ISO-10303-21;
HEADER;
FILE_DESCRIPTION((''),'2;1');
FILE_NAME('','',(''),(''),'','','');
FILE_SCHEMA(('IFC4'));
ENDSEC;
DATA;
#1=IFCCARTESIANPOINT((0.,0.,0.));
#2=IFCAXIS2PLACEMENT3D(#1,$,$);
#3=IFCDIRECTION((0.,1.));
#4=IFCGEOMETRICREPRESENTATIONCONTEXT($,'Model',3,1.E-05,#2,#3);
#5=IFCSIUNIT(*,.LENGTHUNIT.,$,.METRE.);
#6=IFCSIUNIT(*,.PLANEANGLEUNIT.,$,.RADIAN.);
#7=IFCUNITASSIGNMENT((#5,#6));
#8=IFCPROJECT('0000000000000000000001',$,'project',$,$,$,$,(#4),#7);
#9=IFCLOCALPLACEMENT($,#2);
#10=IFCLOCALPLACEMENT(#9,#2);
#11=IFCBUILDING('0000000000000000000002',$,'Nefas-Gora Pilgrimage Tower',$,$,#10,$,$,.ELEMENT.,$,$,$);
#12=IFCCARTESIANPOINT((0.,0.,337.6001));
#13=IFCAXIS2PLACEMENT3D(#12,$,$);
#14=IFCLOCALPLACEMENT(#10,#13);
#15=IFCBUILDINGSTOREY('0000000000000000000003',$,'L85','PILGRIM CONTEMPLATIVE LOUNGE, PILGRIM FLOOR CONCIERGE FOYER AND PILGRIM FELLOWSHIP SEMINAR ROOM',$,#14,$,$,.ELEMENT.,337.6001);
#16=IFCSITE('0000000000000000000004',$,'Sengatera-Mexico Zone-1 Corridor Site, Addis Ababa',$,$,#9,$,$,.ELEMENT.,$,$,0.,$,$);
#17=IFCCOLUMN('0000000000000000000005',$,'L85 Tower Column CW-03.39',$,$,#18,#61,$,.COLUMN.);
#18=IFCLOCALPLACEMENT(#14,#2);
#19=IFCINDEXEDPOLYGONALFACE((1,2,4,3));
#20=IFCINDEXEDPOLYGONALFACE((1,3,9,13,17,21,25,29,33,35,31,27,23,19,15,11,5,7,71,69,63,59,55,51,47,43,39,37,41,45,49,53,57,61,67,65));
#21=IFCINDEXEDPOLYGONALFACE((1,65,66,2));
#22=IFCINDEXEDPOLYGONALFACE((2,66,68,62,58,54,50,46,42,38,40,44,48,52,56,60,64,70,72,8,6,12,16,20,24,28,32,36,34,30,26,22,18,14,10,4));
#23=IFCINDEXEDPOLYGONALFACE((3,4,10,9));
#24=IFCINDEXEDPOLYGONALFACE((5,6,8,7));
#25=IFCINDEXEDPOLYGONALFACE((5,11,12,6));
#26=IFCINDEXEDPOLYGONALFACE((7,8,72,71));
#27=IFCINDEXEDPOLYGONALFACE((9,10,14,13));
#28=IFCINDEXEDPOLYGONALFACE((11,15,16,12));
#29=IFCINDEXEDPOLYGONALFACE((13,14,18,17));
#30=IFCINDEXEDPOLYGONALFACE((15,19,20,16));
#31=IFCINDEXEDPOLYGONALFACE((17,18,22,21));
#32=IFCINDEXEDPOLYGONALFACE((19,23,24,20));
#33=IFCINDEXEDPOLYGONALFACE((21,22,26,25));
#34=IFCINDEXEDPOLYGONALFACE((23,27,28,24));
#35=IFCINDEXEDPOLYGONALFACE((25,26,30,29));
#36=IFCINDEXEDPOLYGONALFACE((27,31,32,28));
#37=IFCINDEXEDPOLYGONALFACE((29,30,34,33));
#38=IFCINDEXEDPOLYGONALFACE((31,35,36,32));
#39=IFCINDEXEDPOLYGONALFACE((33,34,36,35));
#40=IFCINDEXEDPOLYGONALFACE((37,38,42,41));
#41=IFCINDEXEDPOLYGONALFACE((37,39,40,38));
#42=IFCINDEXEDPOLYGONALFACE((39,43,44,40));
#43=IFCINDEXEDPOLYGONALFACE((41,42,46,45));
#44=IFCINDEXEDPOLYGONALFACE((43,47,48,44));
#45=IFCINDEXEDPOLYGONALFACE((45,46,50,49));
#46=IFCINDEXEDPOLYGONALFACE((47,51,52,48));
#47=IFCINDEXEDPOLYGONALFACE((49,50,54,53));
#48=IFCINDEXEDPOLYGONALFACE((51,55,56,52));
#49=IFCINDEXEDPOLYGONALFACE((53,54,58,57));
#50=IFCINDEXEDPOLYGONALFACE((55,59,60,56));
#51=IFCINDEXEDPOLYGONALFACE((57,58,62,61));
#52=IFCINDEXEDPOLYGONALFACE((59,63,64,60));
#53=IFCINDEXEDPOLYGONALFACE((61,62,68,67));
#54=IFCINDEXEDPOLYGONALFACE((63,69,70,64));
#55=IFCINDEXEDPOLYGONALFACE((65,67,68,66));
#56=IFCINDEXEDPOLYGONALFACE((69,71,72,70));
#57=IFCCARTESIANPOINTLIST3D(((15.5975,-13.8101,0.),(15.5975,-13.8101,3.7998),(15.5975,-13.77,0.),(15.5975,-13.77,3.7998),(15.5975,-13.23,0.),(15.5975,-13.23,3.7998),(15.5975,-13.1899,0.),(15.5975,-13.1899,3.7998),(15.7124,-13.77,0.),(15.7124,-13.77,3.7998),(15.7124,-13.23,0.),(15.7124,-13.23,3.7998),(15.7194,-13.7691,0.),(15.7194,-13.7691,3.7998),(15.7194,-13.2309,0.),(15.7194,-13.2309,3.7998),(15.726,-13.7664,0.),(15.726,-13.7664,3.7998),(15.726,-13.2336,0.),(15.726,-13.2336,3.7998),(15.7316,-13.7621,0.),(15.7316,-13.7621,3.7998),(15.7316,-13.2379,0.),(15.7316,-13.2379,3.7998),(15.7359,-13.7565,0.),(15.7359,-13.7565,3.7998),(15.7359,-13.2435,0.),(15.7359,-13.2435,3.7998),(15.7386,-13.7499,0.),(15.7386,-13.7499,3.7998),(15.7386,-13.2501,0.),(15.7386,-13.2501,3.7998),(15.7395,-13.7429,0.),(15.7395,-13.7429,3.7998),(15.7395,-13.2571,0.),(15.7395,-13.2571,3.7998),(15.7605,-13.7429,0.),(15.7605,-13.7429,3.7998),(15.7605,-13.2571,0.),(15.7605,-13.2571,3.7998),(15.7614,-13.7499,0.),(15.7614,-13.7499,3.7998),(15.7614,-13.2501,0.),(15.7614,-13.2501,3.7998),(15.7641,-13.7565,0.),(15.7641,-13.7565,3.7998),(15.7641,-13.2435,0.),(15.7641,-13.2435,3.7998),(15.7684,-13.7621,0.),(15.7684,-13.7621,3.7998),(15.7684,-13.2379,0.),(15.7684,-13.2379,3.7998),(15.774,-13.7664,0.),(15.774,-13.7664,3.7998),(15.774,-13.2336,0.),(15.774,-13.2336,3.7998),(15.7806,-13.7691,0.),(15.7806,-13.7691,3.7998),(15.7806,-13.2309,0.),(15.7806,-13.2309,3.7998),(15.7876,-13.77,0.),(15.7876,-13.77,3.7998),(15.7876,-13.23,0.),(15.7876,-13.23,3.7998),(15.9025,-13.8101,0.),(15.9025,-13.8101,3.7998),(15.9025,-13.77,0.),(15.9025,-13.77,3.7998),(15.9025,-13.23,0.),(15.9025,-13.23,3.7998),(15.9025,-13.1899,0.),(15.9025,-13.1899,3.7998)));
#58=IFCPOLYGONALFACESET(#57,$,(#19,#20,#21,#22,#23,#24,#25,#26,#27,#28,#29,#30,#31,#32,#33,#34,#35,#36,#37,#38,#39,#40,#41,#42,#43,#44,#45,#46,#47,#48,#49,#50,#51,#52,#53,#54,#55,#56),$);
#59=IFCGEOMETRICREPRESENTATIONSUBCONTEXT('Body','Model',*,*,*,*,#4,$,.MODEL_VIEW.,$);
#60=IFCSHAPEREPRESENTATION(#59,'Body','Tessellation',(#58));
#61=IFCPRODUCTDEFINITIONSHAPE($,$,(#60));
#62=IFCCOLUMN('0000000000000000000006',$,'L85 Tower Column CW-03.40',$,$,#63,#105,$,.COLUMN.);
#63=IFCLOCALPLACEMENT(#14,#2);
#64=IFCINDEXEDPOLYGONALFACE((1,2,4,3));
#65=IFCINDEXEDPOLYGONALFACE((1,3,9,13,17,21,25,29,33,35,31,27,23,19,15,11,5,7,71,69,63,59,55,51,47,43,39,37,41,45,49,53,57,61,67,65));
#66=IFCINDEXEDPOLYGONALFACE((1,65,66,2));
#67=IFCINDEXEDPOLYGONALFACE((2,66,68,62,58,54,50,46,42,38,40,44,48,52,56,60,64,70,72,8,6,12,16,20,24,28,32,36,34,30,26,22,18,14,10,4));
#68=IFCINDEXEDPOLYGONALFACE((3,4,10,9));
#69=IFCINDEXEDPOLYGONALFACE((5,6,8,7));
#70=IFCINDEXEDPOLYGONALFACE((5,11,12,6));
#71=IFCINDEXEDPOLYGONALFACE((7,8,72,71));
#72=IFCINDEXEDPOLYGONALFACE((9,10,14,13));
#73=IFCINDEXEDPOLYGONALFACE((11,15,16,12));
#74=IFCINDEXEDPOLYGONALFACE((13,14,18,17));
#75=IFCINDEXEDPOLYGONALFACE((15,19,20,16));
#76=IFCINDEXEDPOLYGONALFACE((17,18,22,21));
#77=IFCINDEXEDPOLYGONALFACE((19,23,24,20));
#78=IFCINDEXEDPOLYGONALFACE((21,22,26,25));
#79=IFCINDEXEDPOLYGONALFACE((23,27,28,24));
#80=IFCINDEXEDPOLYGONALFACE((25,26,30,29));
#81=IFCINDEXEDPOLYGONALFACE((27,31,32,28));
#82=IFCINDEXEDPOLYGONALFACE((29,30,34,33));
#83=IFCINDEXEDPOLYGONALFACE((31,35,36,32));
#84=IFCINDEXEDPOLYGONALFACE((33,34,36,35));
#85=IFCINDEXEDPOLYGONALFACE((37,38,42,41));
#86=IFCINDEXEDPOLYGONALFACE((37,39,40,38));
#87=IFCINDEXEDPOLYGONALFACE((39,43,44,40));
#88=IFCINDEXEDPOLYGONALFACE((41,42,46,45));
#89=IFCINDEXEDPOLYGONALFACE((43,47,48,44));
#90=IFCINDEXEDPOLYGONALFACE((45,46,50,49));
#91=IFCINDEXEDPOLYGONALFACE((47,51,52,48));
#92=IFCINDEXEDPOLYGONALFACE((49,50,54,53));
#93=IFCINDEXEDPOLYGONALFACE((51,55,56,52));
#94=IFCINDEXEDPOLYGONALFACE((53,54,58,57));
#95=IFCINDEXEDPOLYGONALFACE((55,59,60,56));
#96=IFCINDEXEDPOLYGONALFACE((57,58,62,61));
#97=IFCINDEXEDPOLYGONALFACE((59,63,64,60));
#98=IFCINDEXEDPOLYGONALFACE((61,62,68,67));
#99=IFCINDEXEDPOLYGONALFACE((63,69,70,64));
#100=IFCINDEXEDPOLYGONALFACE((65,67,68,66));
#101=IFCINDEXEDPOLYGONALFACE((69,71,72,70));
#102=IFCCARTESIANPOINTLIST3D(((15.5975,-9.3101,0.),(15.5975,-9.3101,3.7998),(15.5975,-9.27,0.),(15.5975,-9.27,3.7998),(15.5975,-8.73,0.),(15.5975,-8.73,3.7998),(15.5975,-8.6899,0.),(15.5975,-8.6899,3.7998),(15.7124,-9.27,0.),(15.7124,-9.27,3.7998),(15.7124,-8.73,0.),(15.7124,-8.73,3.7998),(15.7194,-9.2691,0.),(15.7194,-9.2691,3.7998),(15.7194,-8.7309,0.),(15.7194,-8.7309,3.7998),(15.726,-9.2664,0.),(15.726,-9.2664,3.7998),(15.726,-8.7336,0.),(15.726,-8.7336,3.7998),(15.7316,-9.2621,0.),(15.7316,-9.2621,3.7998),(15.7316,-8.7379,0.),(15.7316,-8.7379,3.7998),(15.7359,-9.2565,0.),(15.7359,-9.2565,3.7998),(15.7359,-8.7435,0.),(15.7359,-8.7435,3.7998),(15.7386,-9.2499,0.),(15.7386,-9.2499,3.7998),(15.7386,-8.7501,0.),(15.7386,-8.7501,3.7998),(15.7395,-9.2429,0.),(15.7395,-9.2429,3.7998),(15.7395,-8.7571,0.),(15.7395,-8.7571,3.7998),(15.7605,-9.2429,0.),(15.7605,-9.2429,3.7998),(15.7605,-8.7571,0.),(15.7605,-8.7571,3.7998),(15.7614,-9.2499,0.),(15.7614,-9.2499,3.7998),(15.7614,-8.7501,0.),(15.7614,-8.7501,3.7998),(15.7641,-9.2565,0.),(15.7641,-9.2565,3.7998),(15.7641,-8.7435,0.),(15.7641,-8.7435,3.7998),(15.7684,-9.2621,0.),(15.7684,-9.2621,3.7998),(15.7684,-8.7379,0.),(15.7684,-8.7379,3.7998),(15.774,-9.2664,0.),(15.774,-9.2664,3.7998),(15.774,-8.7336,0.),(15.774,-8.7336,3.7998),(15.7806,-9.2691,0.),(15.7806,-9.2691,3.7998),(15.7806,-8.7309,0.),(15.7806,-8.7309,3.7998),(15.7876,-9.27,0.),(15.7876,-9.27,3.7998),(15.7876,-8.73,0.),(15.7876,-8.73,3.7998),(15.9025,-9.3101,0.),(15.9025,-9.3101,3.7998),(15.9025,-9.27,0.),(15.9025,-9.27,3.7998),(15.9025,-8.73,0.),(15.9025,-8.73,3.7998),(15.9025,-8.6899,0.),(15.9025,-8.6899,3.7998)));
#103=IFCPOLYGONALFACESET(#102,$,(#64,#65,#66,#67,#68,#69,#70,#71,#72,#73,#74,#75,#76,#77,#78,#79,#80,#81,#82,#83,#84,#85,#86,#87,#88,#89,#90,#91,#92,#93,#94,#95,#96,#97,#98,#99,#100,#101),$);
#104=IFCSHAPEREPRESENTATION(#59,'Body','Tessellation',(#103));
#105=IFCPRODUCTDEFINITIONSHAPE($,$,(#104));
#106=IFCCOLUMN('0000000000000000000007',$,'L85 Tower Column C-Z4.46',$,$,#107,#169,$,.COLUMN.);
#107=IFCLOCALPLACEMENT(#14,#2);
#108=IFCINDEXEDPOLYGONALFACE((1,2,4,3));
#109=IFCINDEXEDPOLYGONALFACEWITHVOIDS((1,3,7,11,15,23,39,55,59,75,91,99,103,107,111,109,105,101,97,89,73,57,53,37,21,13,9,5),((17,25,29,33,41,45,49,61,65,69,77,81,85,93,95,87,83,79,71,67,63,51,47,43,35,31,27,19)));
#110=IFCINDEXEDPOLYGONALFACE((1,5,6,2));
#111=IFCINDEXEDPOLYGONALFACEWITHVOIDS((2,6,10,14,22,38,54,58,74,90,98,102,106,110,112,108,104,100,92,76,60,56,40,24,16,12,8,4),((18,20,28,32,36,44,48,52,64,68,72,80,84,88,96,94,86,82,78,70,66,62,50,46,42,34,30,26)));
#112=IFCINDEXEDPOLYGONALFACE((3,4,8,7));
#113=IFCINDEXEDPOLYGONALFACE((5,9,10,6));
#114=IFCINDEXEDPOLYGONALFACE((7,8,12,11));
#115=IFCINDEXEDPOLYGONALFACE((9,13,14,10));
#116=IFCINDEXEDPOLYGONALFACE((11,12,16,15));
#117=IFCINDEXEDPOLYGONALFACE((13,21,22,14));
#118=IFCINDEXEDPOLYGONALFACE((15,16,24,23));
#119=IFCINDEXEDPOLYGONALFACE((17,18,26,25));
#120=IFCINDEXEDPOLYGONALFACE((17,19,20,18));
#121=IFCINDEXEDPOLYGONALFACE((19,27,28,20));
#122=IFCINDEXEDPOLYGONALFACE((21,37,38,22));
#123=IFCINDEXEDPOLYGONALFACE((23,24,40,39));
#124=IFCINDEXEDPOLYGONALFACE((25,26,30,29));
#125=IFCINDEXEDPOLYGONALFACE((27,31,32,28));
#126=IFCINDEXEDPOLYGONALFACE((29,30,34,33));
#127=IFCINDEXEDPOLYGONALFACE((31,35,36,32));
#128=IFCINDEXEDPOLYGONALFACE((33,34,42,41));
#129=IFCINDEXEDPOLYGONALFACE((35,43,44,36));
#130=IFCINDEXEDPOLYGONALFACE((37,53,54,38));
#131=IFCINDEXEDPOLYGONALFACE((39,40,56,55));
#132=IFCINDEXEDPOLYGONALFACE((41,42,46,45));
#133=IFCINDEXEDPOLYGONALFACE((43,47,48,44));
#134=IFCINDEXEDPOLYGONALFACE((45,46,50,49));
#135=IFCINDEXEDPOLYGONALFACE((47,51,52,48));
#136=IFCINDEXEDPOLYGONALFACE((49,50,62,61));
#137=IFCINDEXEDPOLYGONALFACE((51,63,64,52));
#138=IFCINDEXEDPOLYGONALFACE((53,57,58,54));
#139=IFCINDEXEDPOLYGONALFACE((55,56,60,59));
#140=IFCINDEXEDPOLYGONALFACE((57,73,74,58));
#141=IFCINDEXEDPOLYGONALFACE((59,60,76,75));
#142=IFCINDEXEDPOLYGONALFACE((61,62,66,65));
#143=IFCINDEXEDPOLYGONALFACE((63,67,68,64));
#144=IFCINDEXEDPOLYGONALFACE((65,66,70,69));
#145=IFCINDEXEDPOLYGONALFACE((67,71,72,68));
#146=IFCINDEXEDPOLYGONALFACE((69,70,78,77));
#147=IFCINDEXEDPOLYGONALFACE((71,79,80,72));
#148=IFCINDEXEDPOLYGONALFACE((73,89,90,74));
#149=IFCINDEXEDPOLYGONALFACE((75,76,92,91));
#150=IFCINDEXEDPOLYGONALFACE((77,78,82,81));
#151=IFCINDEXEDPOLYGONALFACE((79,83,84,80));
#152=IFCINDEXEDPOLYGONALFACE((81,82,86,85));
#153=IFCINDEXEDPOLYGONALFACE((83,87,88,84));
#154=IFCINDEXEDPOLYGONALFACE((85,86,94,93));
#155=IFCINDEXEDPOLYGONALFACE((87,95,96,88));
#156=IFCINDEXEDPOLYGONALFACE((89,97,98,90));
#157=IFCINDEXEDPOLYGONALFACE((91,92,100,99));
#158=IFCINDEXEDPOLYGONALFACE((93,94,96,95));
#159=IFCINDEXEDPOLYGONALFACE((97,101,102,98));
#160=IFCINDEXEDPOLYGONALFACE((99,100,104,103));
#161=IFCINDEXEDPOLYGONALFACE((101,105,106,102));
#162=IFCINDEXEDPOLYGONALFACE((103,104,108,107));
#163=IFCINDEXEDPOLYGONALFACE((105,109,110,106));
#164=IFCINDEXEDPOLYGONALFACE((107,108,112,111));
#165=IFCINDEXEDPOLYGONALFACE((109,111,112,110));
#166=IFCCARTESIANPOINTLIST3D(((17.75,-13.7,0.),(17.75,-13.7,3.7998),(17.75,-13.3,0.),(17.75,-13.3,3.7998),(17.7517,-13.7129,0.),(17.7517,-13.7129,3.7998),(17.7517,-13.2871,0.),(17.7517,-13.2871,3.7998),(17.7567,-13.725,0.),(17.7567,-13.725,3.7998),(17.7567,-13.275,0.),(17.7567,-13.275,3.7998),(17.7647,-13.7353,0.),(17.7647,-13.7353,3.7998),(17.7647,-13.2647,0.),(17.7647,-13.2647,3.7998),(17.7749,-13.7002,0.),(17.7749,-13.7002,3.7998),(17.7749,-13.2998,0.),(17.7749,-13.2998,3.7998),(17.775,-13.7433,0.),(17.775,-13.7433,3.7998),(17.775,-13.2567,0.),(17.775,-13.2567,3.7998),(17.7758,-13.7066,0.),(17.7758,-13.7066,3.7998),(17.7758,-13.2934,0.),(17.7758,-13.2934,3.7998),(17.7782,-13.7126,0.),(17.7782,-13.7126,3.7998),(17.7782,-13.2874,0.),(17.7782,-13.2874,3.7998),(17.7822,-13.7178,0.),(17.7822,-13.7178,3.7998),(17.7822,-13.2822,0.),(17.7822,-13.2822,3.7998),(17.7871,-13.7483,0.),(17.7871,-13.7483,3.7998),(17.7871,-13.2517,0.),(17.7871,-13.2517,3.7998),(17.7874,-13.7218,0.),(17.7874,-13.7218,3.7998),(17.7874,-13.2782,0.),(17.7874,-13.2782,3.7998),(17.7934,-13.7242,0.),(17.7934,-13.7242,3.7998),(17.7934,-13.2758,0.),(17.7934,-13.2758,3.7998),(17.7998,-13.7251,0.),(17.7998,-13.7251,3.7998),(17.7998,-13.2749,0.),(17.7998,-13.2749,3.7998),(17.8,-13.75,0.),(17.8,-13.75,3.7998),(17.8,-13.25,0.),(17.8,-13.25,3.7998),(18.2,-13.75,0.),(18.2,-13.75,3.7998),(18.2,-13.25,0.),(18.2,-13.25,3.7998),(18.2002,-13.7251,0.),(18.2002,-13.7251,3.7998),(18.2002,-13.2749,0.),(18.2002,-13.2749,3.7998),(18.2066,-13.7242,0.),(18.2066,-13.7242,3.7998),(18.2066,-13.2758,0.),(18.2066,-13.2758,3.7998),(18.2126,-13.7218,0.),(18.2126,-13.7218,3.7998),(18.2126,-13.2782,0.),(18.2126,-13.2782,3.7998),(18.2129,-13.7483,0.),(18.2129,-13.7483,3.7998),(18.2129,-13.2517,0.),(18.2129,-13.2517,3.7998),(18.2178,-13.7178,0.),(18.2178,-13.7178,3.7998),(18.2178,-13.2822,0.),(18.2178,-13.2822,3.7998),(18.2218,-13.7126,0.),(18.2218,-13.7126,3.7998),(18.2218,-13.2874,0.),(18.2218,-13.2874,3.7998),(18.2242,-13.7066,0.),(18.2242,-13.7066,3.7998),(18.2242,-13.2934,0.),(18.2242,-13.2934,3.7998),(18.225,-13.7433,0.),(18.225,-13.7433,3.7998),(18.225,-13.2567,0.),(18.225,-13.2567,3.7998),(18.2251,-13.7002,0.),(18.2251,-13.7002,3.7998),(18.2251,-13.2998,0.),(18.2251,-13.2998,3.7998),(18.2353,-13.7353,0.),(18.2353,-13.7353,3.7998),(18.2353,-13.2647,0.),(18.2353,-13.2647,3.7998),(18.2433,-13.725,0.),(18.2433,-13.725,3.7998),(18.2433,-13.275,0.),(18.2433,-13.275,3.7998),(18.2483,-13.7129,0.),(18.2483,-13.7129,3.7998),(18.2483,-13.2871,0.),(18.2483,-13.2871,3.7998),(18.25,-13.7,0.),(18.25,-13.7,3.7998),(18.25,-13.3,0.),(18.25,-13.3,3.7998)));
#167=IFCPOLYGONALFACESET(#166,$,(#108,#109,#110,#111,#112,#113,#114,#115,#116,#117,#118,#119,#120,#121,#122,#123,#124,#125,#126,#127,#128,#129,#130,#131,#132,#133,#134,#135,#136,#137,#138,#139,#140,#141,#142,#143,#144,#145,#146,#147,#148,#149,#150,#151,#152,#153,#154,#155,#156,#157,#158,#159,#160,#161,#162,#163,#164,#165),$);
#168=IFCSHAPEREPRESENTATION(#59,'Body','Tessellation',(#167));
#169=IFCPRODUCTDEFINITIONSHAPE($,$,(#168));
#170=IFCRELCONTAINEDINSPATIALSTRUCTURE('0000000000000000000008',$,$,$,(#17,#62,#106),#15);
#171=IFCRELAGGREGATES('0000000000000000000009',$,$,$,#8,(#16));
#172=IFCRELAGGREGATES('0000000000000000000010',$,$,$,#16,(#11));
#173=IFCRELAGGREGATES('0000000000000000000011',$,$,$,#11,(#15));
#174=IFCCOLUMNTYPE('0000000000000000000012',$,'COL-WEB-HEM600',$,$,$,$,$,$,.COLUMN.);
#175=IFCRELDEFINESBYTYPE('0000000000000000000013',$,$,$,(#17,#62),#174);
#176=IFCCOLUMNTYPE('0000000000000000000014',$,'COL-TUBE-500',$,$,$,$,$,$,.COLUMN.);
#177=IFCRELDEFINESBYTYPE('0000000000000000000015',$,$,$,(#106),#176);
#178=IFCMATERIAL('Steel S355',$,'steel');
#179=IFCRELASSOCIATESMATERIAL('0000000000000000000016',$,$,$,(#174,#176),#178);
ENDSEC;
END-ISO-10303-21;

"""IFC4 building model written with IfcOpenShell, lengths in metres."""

from ifc_helpers import new_model, si_unit, direction, frame, origin, origin_2d, place, context, subcontext, project, spatial, hollow_rectangle, i_section, extrude, source, transform, mapped, material, material_profile, profile_set, type_object, element, save


model = new_model("IFC4")

# Units and contexts
model_context = context("Model", 3, precision=1e-05, world=origin(), true_north=direction((0.0, 1.0)))
body_context = subcontext(model_context, "Body", "Model", "MODEL_VIEW")
ifc_project = project(units=[si_unit("LENGTHUNIT", "METRE"), si_unit("PLANEANGLEUNIT", "RADIAN")], contexts=[model_context])

# Site, building, storey
site_placement = place(None, origin())
site = spatial("IfcSite", under=ifc_project, at=site_placement, Name="Sengatera-Mexico Zone-1 Corridor Site, Addis Ababa", CompositionType="ELEMENT", RefElevation=0.0)
building_placement = place(site_placement, origin())
building = spatial("IfcBuilding", under=site, at=building_placement, Name="Nefas-Gora Pilgrimage Tower", CompositionType="ELEMENT")
storey_placement = place(building_placement, frame((0.0, 0.0, 337.6001)))
storey = spatial("IfcBuildingStorey", under=building, at=storey_placement, Name="L85", Description="PILGRIM CONTEMPLATIVE LOUNGE, PILGRIM FLOOR CONCIERGE FOYER AND PILGRIM FELLOWSHIP SEMINAR ROOM", CompositionType="ELEMENT", Elevation=337.6001)

# Columns
ifc_material_1 = material(Name="Steel S355", Category="steel")
ifc_material_profile_1 = material_profile(ifc_material_1, i_section(OverallWidth=0.3049, OverallDepth=0.6201, WebThickness=0.021, FlangeThickness=0.04, FilletRadius=0.0271, at=origin_2d()), Name="HEM 600")
ifc_profile_set_1 = profile_set([ifc_material_profile_1], Name="Steel S355")
column_type_1 = type_object("IfcColumnType", Name="COL-WEB-HEM600", PredefinedType="COLUMN", material=ifc_profile_set_1)
shared_shape_1 = source(origin(), body_context, "Body", "SweptSolid", [
    extrude(i_section(OverallWidth=0.3049, OverallDepth=0.6201, WebThickness=0.021, FlangeThickness=0.04, FilletRadius=0.0271, at=origin_2d()), origin(), (0.0, 0.0, 1.0), 3.7998),
])
for number, where, z_axis, x_axis, name in (
    (1, (15.75, -13.5, 0.0), (0.0, 0.0, 1.0), (1.0, 0.0, 0.0), "L85 Tower Column CW-03.39"),
    (2, (15.75, -9.0, 0.0), (0.0, 0.0, 1.0), (1.0, 0.0, 0.0), "L85 Tower Column CW-03.40"),
):
    element("IfcColumn", number, at=place(storey_placement, frame(where, z_axis=z_axis, x_axis=x_axis)), inside=storey, type_object=column_type_1, Name=name, PredefinedType="COLUMN", context=body_context, shape_type="MappedRepresentation", body=[
        mapped(shared_shape_1, transform((0.0, 0.0, 0.0), x_axis=(1.0, 0.0, 0.0), y_axis=(0.0, 1.0, 0.0), z_axis=(0.0, 0.0, 1.0), scale=1.0)),
    ])
ifc_material_profile_2 = material_profile(ifc_material_1, hollow_rectangle(XDim=0.5, YDim=0.5, WallThickness=0.0249, InnerFilletRadius=0.0249, OuterFilletRadius=0.05, at=origin_2d()), Name="SHS 500x500x25")
ifc_profile_set_2 = profile_set([ifc_material_profile_2], Name="Steel S355")
column_type_2 = type_object("IfcColumnType", Name="COL-TUBE-500", PredefinedType="COLUMN", material=ifc_profile_set_2)
shared_shape_2 = source(origin(), body_context, "Body", "SweptSolid", [
    extrude(hollow_rectangle(XDim=0.5, YDim=0.5, WallThickness=0.0249, InnerFilletRadius=0.0249, OuterFilletRadius=0.05, at=origin_2d()), origin(), (0.0, 0.0, 1.0), 3.7998),
])
for number, where, z_axis, x_axis, name in (
    (3, (18.0, -13.5, 0.0), (0.0, 0.0, 1.0), (1.0, 0.0, 0.0), "L85 Tower Column C-Z4.46"),
):
    element("IfcColumn", number, at=place(storey_placement, frame(where, z_axis=z_axis, x_axis=x_axis)), inside=storey, type_object=column_type_2, Name=name, PredefinedType="COLUMN", context=body_context, shape_type="MappedRepresentation", body=[
        mapped(shared_shape_2, transform((0.0, 0.0, 0.0), x_axis=(1.0, 0.0, 0.0), y_axis=(0.0, 1.0, 0.0), z_axis=(0.0, 0.0, 1.0), scale=1.0)),
    ])

save(model, "model.ifc")
